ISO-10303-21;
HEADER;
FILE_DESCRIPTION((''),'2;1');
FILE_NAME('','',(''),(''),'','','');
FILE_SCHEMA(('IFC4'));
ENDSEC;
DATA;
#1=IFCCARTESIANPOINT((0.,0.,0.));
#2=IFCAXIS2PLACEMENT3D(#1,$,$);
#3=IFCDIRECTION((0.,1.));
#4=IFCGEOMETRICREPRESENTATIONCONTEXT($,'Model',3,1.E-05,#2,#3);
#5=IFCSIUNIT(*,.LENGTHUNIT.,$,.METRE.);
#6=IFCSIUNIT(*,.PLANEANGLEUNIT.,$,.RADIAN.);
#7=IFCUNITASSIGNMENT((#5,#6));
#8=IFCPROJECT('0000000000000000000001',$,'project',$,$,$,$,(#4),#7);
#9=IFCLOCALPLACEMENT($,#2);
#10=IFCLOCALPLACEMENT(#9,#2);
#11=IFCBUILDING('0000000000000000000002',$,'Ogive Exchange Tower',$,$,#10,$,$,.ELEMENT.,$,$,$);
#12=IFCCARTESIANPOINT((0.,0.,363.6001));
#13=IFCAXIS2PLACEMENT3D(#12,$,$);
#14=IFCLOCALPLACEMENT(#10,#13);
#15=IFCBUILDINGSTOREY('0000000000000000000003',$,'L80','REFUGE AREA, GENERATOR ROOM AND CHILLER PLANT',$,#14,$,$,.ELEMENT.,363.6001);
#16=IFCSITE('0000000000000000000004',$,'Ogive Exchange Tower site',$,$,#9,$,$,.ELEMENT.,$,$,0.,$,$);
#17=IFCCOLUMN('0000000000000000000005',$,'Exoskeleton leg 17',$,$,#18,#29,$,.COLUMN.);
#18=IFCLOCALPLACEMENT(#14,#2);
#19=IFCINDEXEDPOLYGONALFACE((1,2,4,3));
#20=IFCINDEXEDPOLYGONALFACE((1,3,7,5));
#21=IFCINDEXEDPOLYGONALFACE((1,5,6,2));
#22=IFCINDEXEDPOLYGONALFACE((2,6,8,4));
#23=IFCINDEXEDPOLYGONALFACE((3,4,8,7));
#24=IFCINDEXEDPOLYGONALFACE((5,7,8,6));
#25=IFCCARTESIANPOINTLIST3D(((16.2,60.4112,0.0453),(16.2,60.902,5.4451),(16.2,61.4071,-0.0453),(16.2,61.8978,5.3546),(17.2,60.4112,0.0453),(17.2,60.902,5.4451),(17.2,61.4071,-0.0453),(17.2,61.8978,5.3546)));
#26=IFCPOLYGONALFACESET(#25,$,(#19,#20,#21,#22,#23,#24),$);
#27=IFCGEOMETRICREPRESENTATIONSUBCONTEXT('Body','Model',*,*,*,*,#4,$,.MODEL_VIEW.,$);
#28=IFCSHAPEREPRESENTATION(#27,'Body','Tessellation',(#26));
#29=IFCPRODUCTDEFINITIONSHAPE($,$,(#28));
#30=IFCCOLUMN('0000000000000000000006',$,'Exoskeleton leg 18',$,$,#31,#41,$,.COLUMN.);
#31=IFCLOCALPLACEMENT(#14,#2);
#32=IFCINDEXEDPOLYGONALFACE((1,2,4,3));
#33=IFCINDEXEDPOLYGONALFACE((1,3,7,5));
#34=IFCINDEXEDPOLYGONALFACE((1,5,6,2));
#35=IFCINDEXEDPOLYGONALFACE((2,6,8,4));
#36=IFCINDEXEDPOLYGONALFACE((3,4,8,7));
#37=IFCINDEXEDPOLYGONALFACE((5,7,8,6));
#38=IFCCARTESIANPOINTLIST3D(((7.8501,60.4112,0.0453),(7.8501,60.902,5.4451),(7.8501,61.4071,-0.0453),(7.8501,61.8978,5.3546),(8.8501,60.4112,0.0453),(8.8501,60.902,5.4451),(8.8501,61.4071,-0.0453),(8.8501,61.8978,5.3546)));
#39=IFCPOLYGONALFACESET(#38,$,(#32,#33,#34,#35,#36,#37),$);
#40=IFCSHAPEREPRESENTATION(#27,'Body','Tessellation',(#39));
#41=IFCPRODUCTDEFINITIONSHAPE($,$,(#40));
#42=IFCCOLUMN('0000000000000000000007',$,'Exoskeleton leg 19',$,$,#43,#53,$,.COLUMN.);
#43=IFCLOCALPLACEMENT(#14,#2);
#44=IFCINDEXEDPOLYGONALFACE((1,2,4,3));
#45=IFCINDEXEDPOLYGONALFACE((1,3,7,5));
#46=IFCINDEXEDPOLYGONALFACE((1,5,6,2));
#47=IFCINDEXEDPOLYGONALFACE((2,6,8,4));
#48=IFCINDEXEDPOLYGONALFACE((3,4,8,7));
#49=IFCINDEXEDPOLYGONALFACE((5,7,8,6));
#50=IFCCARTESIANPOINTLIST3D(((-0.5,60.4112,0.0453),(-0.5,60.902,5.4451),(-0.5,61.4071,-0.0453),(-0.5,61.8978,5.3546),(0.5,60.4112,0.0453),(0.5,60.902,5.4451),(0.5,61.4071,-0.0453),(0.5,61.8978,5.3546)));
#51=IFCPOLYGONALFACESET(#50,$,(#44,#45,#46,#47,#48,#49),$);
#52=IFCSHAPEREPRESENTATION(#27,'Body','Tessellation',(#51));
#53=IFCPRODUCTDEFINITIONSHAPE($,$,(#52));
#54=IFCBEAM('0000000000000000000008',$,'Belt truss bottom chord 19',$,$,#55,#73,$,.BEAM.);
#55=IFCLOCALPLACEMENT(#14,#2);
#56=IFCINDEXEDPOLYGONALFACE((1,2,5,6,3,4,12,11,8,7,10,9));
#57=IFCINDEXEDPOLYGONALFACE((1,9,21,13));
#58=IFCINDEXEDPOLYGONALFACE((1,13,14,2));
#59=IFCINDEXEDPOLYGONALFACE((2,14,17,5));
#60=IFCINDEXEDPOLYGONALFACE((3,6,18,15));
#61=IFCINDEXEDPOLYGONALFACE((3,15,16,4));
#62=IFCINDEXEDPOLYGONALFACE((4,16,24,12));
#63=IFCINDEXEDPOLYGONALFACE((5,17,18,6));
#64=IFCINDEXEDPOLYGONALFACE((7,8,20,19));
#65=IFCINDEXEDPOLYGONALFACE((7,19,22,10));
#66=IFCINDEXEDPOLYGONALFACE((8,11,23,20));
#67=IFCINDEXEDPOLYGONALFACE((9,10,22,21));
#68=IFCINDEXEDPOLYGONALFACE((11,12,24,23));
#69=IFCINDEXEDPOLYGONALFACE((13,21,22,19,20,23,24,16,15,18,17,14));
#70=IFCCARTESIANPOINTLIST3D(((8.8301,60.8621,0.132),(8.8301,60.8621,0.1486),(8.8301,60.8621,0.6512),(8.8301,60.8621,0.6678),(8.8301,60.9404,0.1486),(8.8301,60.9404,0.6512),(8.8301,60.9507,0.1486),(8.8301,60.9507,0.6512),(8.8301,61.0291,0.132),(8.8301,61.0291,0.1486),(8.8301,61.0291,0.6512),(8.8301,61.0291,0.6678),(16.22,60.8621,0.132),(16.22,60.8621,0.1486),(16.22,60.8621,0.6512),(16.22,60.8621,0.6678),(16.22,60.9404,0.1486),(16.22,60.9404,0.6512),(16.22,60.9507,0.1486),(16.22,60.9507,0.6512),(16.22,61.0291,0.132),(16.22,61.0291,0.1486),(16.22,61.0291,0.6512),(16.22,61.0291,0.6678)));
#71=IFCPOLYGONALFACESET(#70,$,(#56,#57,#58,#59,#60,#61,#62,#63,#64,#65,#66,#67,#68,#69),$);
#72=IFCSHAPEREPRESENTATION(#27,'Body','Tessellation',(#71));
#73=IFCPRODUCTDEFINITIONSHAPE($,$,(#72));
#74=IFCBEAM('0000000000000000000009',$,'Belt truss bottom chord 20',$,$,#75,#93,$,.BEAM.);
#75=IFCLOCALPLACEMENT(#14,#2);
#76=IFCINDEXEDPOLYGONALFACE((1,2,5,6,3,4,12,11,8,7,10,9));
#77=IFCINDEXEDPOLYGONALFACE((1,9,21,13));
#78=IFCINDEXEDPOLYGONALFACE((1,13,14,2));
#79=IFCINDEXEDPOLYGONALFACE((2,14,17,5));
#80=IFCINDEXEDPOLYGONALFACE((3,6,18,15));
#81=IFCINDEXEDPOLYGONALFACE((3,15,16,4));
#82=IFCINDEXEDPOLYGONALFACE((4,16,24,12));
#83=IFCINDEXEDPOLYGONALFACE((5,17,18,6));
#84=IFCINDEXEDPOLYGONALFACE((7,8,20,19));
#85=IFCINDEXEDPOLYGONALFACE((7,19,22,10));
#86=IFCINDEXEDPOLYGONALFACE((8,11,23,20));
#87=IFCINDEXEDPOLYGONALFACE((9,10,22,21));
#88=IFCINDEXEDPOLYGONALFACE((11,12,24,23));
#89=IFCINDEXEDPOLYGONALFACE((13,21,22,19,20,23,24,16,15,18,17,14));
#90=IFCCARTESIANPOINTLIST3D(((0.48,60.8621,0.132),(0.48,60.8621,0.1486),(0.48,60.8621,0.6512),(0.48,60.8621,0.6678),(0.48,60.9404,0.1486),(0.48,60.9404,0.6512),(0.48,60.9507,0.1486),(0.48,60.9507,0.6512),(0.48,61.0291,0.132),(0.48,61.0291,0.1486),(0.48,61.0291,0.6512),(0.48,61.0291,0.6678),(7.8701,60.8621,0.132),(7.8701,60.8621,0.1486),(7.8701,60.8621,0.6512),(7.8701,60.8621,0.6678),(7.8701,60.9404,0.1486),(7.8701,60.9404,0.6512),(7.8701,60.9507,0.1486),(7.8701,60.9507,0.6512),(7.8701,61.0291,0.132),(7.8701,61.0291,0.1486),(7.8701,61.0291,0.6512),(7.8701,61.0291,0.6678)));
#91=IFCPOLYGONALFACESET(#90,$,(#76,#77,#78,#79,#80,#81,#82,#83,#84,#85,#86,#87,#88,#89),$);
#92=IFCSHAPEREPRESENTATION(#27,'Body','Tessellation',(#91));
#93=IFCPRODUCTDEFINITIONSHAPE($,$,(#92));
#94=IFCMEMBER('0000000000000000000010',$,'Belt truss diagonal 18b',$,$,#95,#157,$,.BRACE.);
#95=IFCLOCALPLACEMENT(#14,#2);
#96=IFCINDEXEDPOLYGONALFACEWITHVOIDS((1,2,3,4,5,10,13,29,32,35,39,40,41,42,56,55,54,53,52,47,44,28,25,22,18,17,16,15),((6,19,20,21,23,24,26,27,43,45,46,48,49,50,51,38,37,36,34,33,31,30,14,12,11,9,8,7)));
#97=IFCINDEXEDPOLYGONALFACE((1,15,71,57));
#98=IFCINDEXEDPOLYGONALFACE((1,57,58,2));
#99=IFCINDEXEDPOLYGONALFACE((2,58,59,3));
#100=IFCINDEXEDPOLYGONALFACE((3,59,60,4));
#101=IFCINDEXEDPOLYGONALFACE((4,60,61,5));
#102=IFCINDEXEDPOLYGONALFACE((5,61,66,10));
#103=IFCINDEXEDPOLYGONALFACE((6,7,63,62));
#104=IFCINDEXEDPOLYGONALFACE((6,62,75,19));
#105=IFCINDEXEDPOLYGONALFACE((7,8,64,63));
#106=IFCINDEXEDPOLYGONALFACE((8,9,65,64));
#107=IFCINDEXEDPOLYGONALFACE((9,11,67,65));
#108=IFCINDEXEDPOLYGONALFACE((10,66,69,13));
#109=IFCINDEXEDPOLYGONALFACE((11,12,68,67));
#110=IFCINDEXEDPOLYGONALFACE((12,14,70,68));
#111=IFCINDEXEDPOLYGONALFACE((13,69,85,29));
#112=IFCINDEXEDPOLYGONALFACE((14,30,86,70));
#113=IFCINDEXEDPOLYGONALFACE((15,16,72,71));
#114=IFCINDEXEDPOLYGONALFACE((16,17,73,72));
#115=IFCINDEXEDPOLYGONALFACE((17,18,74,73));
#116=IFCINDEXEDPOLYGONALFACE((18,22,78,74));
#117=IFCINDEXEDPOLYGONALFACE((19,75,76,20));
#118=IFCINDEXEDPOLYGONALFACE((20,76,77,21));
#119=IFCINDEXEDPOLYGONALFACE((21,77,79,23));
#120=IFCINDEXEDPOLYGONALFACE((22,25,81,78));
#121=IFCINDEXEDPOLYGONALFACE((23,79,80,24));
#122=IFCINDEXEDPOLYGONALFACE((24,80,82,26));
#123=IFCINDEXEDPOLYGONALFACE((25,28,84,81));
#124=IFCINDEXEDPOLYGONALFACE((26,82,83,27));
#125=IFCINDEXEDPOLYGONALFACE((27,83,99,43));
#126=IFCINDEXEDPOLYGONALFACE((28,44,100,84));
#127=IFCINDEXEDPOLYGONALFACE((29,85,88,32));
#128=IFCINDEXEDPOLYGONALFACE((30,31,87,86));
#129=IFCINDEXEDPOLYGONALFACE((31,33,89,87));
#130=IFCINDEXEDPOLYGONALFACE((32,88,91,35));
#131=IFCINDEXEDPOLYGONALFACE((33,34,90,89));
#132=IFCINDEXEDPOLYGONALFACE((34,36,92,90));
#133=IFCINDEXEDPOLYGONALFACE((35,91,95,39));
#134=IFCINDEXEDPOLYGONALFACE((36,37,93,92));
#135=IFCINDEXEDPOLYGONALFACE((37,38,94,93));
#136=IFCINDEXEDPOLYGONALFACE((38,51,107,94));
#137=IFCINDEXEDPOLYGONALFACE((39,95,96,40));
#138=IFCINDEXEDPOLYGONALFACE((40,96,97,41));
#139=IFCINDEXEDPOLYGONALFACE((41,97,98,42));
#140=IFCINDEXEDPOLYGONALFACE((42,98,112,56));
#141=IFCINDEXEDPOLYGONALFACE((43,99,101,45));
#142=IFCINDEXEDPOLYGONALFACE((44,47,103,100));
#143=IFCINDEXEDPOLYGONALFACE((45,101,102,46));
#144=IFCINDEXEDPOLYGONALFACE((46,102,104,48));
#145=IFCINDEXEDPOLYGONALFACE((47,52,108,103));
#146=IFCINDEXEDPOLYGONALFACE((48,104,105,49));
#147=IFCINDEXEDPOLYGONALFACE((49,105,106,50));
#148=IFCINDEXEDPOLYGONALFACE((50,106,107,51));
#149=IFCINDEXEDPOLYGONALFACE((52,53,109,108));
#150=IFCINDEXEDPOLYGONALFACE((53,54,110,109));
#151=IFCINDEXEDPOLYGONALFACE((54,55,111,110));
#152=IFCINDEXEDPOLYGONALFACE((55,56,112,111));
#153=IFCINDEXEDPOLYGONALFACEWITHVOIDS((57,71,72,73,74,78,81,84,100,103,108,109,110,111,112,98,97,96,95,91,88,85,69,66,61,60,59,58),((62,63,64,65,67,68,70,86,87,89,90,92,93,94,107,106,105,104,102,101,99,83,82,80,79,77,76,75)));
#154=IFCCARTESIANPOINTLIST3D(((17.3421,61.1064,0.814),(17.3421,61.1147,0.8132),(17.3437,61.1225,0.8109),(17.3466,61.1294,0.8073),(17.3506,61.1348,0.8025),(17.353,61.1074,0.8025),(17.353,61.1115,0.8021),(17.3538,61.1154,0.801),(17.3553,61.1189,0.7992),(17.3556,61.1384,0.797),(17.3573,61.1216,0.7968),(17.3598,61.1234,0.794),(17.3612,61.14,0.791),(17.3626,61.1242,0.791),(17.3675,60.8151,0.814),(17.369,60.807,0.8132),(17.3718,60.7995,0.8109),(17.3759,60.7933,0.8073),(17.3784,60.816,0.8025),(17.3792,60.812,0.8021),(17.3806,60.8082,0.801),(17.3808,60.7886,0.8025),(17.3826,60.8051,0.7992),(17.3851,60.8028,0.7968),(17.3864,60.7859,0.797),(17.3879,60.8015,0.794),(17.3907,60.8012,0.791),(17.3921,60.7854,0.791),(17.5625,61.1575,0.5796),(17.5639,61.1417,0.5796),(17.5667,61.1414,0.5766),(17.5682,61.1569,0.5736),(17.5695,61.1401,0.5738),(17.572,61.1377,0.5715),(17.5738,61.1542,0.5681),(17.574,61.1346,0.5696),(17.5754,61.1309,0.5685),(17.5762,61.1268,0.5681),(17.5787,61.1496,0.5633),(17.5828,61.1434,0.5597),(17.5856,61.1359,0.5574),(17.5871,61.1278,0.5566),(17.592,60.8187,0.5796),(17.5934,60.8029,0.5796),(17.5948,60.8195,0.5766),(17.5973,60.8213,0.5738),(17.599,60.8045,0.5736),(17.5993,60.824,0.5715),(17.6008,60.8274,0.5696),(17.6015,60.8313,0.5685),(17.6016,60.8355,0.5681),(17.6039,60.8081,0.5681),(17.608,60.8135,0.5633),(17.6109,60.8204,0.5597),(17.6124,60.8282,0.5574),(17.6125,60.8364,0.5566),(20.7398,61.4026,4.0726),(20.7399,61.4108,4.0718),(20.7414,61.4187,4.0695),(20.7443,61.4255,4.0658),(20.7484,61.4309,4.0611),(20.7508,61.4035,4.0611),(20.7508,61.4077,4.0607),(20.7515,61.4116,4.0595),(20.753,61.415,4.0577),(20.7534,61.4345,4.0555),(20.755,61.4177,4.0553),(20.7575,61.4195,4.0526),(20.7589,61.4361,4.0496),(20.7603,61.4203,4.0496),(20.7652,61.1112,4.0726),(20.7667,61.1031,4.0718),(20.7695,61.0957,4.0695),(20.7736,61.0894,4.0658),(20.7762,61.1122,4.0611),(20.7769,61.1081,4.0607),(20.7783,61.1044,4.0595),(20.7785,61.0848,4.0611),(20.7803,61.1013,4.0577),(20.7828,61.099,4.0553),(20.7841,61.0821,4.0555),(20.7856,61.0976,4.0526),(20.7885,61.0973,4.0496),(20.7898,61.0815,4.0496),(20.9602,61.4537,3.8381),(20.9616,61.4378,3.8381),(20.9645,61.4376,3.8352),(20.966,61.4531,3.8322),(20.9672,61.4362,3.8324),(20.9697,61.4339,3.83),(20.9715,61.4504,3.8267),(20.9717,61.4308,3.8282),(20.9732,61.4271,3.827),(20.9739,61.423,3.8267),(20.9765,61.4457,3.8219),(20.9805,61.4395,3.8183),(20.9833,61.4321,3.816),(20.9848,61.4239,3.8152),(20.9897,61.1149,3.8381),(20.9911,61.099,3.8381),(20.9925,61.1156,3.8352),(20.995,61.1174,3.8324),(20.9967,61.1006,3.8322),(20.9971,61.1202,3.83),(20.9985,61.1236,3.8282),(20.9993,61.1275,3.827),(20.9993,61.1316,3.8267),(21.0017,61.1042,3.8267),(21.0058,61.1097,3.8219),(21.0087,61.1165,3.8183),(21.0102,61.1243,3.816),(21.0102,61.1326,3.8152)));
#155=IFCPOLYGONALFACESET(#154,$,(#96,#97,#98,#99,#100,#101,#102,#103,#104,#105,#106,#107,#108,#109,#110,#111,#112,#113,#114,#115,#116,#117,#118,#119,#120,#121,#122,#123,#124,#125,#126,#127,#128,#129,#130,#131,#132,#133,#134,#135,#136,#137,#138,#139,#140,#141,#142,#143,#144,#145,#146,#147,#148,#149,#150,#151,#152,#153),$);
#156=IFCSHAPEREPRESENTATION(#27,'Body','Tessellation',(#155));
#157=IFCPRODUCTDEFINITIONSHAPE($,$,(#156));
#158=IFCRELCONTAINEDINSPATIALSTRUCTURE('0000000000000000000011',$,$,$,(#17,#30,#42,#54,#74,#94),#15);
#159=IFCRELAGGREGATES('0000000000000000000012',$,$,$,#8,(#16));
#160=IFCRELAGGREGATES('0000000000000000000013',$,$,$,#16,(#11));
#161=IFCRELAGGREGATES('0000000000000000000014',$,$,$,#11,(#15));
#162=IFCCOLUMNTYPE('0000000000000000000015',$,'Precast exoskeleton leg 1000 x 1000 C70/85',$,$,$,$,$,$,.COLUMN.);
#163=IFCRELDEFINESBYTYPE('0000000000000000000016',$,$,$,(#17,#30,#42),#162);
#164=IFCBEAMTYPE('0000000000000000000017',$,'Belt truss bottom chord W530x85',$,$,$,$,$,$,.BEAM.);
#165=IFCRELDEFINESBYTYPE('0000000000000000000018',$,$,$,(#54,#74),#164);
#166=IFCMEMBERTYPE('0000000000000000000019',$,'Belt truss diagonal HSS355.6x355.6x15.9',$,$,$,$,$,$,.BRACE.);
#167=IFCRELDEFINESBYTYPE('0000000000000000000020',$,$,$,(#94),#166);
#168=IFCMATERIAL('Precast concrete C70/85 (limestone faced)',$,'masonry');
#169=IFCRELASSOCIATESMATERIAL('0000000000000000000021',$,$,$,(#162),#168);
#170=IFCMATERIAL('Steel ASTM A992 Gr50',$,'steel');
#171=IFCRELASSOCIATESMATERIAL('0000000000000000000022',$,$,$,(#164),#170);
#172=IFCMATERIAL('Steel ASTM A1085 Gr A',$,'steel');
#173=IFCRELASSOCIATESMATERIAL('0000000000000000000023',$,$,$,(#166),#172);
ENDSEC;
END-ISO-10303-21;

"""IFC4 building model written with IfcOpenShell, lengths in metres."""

from ifc_helpers import new_model, si_unit, direction, frame, origin, origin_2d, place, context, subcontext, project, spatial, rectangle, hollow_rectangle, i_section, extrude, material, material_profile, profile_set, type_object, element, save


model = new_model("IFC4")

# Units and contexts
model_context = context("Model", 3, precision=1e-05, world=origin(), true_north=direction((0.0, 1.0)))
body_context = subcontext(model_context, "Body", "Model", "MODEL_VIEW")
ifc_project = project(units=[si_unit("LENGTHUNIT", "METRE"), si_unit("PLANEANGLEUNIT", "RADIAN")], contexts=[model_context])

# Site, building, storey
site_placement = place(None, origin())
site = spatial("IfcSite", under=ifc_project, at=site_placement, Name="Ogive Exchange Tower site", CompositionType="ELEMENT", RefElevation=0.0)
building_placement = place(site_placement, origin())
building = spatial("IfcBuilding", under=site, at=building_placement, Name="Ogive Exchange Tower", CompositionType="ELEMENT")
storey_placement = place(building_placement, frame((0.0, 0.0, 363.6001)))
storey = spatial("IfcBuildingStorey", under=building, at=storey_placement, Name="L80", Description="REFUGE AREA, GENERATOR ROOM AND CHILLER PLANT", CompositionType="ELEMENT", Elevation=363.6001)

# Columns
ifc_material_1 = material(Name="Precast concrete C70/85 (limestone faced)", Category="masonry")
ifc_material_profile_1 = material_profile(ifc_material_1, rectangle(XDim=1.0, YDim=1.0, at=origin_2d()), Name="1000 x 1000")
ifc_profile_set_1 = profile_set([ifc_material_profile_1], Name="Precast concrete C70/85 (limestone faced)")
column_type = type_object("IfcColumnType", Name="Precast exoskeleton leg 1000 x 1000 C70/85", PredefinedType="COLUMN", material=ifc_profile_set_1)
for number, where, z_axis, x_axis, name in (
    (1, (16.7, 60.9092, 0.0), (0.0, 0.090503, 0.995896), (-1.0, 0.0, 0.0), "Exoskeleton leg 17"),
    (2, (8.3501, 60.9092, 0.0), (0.0, 0.090503, 0.995896), (-1.0, 0.0, 0.0), "Exoskeleton leg 18"),
    (3, (0.0, 60.9092, 0.0), (0.0, 0.090503, 0.995896), (-1.0, 0.0, 0.0), "Exoskeleton leg 19"),
):
    element("IfcColumn", number, at=place(storey_placement, frame(where, z_axis=z_axis, x_axis=x_axis)), inside=storey, type_object=column_type, Name=name, PredefinedType="COLUMN", context=body_context, shape_type="SweptSolid", body=[
        extrude(rectangle(XDim=1.0, YDim=1.0, at=origin_2d()), origin(), (0.0, 0.0, 1.0), 5.4221),
    ])

# Beams
ifc_material_2 = material(Name="Steel ASTM A992 Gr50", Category="steel")
ifc_material_profile_2 = material_profile(ifc_material_2, i_section(OverallWidth=0.167, OverallDepth=0.5359, WebThickness=0.0103, FlangeThickness=0.0166, at=origin_2d()), Name="W530x85")
ifc_profile_set_2 = profile_set([ifc_material_profile_2], Name="Steel ASTM A992 Gr50")
beam_type_1 = type_object("IfcBeamType", Name="Belt truss bottom chord W530x85", PredefinedType="BEAM", material=ifc_profile_set_2)
beam_1_placement = place(storey_placement, frame((16.22, 60.9456, 0.3999), z_axis=(-1.0, 0.0, 0.0), x_axis=(0.0, -1.0, 0.0)))
element("IfcBeam", 4, at=beam_1_placement, inside=storey, type_object=beam_type_1, Name="Belt truss bottom chord 19", PredefinedType="BEAM", context=body_context, shape_type="SweptSolid", body=[
    extrude(i_section(OverallWidth=0.167, OverallDepth=0.5359, WebThickness=0.0103, FlangeThickness=0.0166, at=origin_2d()), origin(), (0.0, 0.0, 1.0), 7.3899),
])
beam_2_placement = place(storey_placement, frame((7.8701, 60.9456, 0.3999), z_axis=(-1.0, 0.0, 0.0), x_axis=(0.0, -1.0, 0.0)))
element("IfcBeam", 5, at=beam_2_placement, inside=storey, type_object=beam_type_1, Name="Belt truss bottom chord 20", PredefinedType="BEAM", context=body_context, shape_type="SweptSolid", body=[
    extrude(i_section(OverallWidth=0.167, OverallDepth=0.5359, WebThickness=0.0103, FlangeThickness=0.0166, at=origin_2d()), origin(), (0.0, 0.0, 1.0), 7.3901),
])

# Member
ifc_material_3 = material(Name="Steel ASTM A1085 Gr A", Category="steel")
ifc_material_profile_3 = material_profile(ifc_material_3, hollow_rectangle(XDim=0.356, YDim=0.356, WallThickness=0.0159, InnerFilletRadius=0.0159, OuterFilletRadius=0.0317, at=origin_2d()), Name="HSS355.6x355.6x15.9")
ifc_profile_set_3 = profile_set([ifc_material_profile_3], Name="Steel ASTM A1085 Gr A")
member_type = type_object("IfcMemberType", Name="Belt truss diagonal HSS355.6x355.6x15.9", PredefinedType="BRACE", material=ifc_profile_set_3)
for number, where, z_axis, x_axis, name in (
    (6, (17.4773, 60.9714, 0.6853), (0.720309, 0.062782, 0.690807), (-0.08683, 0.996223, 0.0), "Belt truss diagonal 18b"),
):
    element("IfcMember", number, at=place(storey_placement, frame(where, z_axis=z_axis, x_axis=x_axis)), inside=storey, type_object=member_type, Name=name, PredefinedType="BRACE", context=body_context, shape_type="SweptSolid", body=[
        extrude(hollow_rectangle(XDim=0.356, YDim=0.356, WallThickness=0.0159, InnerFilletRadius=0.0159, OuterFilletRadius=0.0317, at=origin_2d()), origin(), (0.0, 0.0, 1.0), 4.717),
    ])

save(model, "model.ifc")
